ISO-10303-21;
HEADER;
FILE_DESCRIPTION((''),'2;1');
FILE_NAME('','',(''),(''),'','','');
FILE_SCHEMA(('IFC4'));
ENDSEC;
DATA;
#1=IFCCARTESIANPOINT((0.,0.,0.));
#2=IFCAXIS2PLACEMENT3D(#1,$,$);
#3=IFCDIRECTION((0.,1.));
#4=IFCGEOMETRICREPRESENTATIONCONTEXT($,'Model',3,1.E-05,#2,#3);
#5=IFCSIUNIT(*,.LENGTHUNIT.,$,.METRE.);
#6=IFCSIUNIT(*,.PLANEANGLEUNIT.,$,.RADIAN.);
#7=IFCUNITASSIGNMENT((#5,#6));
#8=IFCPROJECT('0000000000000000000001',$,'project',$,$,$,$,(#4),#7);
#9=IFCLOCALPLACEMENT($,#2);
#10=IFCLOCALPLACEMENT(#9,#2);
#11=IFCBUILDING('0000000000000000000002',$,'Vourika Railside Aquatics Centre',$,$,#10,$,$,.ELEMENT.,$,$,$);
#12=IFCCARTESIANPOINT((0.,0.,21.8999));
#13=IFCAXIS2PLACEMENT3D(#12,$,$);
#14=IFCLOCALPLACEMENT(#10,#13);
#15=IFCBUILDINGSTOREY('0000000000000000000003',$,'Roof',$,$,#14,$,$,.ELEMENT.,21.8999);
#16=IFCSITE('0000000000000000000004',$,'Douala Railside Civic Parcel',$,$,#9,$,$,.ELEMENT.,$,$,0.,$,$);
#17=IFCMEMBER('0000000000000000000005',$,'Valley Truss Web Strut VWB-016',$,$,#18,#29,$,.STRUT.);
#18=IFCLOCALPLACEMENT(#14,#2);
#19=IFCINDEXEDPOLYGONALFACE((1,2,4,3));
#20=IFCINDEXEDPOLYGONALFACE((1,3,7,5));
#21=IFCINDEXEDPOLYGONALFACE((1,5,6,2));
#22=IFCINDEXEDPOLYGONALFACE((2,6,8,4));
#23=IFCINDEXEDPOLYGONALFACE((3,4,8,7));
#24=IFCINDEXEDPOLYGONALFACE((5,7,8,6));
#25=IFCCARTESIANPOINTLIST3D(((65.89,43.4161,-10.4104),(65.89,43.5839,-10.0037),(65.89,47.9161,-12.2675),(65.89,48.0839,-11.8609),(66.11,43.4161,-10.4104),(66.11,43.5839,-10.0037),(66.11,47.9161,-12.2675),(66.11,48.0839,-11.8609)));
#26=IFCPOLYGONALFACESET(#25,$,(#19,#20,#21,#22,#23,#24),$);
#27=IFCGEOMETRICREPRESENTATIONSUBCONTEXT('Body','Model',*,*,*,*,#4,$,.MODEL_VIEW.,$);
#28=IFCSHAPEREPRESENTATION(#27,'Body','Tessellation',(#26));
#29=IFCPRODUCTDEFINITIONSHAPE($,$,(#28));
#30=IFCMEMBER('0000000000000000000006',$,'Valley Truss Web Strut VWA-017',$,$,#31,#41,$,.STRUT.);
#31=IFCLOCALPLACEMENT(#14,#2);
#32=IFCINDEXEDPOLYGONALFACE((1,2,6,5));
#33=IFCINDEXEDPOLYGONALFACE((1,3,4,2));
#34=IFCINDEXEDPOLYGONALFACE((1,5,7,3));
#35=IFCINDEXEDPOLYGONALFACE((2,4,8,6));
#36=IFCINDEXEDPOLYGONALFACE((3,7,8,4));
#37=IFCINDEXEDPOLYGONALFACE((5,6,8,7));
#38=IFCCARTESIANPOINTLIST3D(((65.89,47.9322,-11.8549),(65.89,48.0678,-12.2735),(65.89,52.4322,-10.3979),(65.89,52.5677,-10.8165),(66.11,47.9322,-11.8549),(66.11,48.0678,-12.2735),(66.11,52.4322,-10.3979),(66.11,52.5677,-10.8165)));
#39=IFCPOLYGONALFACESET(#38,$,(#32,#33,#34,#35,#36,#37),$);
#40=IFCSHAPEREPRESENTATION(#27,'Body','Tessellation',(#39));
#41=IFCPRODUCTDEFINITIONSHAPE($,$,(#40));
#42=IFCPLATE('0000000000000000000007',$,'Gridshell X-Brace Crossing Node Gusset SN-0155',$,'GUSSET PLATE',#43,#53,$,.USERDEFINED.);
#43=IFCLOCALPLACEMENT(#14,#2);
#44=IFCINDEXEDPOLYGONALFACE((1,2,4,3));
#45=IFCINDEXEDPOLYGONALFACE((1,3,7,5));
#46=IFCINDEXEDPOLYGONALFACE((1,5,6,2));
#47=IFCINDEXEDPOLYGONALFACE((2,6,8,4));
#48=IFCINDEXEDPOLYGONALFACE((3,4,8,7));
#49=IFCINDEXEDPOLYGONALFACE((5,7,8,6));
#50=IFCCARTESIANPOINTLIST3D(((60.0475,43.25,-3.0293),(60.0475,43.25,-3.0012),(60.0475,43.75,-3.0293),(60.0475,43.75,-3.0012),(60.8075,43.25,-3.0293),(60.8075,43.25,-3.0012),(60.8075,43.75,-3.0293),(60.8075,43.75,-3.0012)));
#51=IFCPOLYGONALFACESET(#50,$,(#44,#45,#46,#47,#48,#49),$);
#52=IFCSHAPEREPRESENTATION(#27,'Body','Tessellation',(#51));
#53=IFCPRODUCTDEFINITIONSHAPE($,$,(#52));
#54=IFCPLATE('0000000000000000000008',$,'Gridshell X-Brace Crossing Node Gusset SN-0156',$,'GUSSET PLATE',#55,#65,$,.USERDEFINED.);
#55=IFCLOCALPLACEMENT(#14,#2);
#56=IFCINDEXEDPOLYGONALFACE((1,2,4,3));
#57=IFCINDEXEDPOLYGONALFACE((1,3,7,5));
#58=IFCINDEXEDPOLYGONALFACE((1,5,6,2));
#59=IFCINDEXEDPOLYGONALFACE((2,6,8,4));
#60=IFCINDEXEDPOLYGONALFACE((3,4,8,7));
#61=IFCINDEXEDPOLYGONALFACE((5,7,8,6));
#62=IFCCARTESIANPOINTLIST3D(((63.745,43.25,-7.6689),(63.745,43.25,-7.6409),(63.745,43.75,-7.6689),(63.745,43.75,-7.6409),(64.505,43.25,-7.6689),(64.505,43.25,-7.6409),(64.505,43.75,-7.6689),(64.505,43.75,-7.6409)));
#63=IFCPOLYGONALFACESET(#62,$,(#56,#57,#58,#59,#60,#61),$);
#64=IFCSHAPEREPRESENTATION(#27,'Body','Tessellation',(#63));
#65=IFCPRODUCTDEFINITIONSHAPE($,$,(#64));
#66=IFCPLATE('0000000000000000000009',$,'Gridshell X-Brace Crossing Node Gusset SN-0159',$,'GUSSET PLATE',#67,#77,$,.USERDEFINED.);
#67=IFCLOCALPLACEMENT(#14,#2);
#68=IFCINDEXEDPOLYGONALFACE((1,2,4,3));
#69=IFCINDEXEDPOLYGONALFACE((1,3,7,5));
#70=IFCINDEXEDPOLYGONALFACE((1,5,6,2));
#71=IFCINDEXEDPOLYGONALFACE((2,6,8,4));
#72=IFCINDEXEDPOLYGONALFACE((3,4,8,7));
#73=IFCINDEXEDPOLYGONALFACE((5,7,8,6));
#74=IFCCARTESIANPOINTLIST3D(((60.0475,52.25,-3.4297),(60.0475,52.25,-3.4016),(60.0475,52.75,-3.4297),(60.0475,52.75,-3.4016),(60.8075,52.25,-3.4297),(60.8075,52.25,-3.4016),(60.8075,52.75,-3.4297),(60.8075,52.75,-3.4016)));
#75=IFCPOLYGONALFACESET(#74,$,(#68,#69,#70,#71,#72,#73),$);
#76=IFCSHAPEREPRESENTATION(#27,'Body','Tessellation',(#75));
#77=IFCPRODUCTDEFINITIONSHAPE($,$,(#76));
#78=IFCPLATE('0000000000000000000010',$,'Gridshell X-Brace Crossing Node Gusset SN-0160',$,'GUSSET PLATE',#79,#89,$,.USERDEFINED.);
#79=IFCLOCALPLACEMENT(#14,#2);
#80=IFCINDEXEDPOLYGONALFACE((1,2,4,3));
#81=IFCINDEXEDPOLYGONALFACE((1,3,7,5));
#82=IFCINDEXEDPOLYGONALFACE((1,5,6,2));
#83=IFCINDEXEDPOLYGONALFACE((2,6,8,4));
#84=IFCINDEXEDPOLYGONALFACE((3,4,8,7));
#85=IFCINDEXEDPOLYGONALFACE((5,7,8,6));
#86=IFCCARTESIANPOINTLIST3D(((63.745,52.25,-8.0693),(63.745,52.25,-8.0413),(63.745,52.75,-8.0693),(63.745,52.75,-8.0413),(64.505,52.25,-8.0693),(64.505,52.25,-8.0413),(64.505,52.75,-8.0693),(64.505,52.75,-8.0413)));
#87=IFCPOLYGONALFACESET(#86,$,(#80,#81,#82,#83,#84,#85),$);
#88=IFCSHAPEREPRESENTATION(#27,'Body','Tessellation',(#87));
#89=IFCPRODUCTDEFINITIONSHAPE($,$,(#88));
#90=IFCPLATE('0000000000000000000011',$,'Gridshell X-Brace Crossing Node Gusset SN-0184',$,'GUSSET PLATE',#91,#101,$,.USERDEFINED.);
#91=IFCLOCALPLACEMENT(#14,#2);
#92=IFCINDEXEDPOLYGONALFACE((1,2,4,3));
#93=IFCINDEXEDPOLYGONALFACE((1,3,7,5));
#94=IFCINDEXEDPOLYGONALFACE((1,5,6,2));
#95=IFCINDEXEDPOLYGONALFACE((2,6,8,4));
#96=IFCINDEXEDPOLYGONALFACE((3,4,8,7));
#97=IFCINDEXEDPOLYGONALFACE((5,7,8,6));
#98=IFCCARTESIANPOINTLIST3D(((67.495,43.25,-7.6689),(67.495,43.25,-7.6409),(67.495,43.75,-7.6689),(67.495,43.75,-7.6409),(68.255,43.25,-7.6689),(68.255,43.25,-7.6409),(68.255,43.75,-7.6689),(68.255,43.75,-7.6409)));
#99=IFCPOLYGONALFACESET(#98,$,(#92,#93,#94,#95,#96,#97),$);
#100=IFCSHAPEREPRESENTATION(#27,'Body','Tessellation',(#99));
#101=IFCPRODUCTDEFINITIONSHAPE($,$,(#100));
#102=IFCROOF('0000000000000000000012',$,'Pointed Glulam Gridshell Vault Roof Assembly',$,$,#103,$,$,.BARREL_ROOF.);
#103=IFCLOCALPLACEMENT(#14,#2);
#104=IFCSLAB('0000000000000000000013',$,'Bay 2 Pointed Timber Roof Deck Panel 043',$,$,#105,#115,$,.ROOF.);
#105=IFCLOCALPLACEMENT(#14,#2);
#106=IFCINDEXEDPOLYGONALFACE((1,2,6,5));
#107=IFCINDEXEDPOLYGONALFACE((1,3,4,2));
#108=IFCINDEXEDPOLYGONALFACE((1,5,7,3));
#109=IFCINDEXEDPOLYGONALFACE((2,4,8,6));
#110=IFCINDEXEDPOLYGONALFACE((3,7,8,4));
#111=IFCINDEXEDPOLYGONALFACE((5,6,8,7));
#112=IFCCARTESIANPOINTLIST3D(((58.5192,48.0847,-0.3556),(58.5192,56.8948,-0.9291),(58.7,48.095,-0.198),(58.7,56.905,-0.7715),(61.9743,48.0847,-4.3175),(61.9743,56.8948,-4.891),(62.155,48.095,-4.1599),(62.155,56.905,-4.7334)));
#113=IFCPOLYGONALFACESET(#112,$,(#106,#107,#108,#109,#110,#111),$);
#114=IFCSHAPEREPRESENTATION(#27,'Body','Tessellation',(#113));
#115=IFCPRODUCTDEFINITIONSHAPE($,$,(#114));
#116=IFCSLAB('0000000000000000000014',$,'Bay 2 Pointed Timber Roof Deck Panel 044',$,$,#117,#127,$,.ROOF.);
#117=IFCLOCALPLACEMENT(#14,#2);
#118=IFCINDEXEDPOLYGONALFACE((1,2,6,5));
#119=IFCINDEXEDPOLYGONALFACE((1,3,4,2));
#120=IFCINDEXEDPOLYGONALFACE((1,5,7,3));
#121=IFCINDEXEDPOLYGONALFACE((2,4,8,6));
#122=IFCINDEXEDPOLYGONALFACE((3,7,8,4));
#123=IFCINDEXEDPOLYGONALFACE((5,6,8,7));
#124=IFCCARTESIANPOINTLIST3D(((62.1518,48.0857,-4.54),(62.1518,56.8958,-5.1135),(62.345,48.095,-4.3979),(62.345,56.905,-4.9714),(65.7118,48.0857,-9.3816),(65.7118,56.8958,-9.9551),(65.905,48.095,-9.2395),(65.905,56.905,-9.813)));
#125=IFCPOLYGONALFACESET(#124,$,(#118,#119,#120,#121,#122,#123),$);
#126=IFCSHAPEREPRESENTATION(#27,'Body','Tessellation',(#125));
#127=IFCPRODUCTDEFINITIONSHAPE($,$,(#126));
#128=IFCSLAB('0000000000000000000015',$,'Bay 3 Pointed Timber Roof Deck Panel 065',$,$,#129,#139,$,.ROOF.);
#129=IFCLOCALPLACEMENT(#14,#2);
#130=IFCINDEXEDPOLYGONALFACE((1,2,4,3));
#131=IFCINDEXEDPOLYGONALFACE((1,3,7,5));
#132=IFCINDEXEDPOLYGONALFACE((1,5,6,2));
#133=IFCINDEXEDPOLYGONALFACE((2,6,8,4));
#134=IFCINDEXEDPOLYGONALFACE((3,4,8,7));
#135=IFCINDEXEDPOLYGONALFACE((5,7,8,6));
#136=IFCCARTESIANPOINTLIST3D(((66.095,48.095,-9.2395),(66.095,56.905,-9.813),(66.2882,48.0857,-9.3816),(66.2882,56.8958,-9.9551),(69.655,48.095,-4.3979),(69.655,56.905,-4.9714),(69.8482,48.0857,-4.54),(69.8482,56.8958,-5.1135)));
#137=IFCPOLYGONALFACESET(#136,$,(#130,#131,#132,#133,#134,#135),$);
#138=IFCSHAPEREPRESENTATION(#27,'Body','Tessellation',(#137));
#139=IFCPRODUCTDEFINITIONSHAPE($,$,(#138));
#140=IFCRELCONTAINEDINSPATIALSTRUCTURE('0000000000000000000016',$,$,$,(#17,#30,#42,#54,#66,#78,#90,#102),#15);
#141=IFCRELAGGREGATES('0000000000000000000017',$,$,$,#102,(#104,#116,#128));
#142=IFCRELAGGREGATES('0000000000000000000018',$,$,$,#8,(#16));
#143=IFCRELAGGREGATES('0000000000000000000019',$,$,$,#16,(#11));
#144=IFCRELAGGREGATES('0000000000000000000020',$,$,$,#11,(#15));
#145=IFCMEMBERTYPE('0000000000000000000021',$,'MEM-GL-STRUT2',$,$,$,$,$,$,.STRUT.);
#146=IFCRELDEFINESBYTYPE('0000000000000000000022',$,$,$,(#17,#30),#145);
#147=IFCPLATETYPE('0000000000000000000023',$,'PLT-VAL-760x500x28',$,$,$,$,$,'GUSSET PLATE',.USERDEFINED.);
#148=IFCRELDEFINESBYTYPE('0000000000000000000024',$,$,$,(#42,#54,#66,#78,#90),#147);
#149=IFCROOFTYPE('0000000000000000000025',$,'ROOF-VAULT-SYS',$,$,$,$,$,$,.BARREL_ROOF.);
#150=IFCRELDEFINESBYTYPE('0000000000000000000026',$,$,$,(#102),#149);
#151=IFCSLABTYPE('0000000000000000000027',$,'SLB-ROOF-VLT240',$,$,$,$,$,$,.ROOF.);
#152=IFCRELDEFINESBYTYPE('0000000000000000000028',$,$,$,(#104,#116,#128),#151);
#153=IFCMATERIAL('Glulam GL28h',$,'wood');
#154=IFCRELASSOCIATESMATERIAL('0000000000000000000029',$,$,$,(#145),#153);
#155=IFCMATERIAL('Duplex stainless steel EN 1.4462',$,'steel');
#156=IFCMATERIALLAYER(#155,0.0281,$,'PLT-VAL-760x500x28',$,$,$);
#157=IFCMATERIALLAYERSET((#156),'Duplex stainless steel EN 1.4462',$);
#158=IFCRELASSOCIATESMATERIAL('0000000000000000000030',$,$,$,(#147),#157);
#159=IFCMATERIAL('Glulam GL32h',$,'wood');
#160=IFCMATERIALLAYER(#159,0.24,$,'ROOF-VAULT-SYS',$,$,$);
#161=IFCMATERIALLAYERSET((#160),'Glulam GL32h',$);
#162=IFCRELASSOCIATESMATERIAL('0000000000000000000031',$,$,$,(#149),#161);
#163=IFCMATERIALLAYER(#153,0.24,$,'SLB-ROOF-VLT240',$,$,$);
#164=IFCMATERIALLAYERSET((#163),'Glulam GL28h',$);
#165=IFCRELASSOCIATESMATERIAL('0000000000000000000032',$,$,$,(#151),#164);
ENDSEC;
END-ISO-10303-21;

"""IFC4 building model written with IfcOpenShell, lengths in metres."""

from ifc_helpers import new_model, si_unit, direction, frame, origin, origin_2d, place, context, subcontext, project, spatial, polyline, rectangle, outline, extrude, material, layer, layer_set, material_profile, profile_set, type_object, element, aggregate, save


model = new_model("IFC4")

# Units and contexts
model_context = context("Model", 3, precision=1e-05, world=origin(), true_north=direction((0.0, 1.0)))
body_context = subcontext(model_context, "Body", "Model", "MODEL_VIEW")
ifc_project = project(units=[si_unit("LENGTHUNIT", "METRE"), si_unit("PLANEANGLEUNIT", "RADIAN")], contexts=[model_context])

# Site, building, storey
site_placement = place(None, origin())
site = spatial("IfcSite", under=ifc_project, at=site_placement, Name="Douala Railside Civic Parcel", CompositionType="ELEMENT", RefElevation=0.0)
building_placement = place(site_placement, origin())
building = spatial("IfcBuilding", under=site, at=building_placement, Name="Vourika Railside Aquatics Centre", CompositionType="ELEMENT")
storey_placement = place(building_placement, frame((0.0, 0.0, 21.8999)))
storey = spatial("IfcBuildingStorey", under=building, at=storey_placement, Name="Roof", CompositionType="ELEMENT", Elevation=21.8999)

# Shared definitions
ifc_material_1 = material(Name="Glulam GL32h", Category="wood")

# Members
ifc_material_2 = material(Name="Glulam GL28h", Category="wood")
ifc_material_profile_1 = material_profile(ifc_material_2, rectangle(XDim=0.22, YDim=0.4399, at=origin_2d()), Name="GL28h 220x440")
ifc_profile_set_1 = profile_set([ifc_material_profile_1], Name="Glulam GL28h")
member_type_1 = type_object("IfcMemberType", Name="MEM-GL-STRUT2", PredefinedType="STRUT", material=ifc_profile_set_1)
member_1_placement = place(storey_placement, frame((66.0, 43.5, -10.207), z_axis=(0.0, 0.924371, -0.381494), x_axis=(-1.0, 0.0, 0.0)))
element("IfcMember", 1, at=member_1_placement, inside=storey, type_object=member_type_1, Name="Valley Truss Web Strut VWB-016", PredefinedType="STRUT", context=body_context, shape_type="SweptSolid", body=[
    extrude(rectangle(XDim=0.22, YDim=0.4399, at=origin_2d()), origin(), (0.0, 0.0, 1.0), 4.8682),
])
member_2_placement = place(storey_placement, frame((66.0, 48.0, -12.0642), z_axis=(0.0, 0.951373, 0.30804), x_axis=(-1.0, 0.0, 0.0)))
element("IfcMember", 2, at=member_2_placement, inside=storey, type_object=member_type_1, Name="Valley Truss Web Strut VWA-017", PredefinedType="STRUT", context=body_context, shape_type="SweptSolid", body=[
    extrude(rectangle(XDim=0.22, YDim=0.4399, at=origin_2d()), origin(), (0.0, 0.0, 1.0), 4.73),
])

# Plates
ifc_material_3 = material(Name="Duplex stainless steel EN 1.4462", Category="steel")
ifc_layer_1 = layer(ifc_material_3, 0.0281, Name="PLT-VAL-760x500x28")
ifc_layer_set_1 = layer_set([ifc_layer_1], Name="Duplex stainless steel EN 1.4462")
plate_type = type_object("IfcPlateType", Name="PLT-VAL-760x500x28", ElementType="GUSSET PLATE", PredefinedType="USERDEFINED", material=ifc_layer_set_1)
for number, where, z_axis, x_axis, name in (
    (3, (60.4275, 43.5, -3.0293), (0.0, 0.0, 1.0), (1.0, 0.0, 0.0), "Gridshell X-Brace Crossing Node Gusset SN-0155"),
    (4, (64.125, 43.5, -7.6689), (0.0, 0.0, 1.0), (1.0, 0.0, 0.0), "Gridshell X-Brace Crossing Node Gusset SN-0156"),
    (5, (60.4275, 52.5, -3.4297), (0.0, 0.0, 1.0), (1.0, 0.0, 0.0), "Gridshell X-Brace Crossing Node Gusset SN-0159"),
    (6, (64.125, 52.5, -8.0693), (0.0, 0.0, 1.0), (1.0, 0.0, 0.0), "Gridshell X-Brace Crossing Node Gusset SN-0160"),
    (7, (67.875, 43.5, -7.6689), (0.0, 0.0, 1.0), (1.0, 0.0, 0.0), "Gridshell X-Brace Crossing Node Gusset SN-0184"),
):
    element("IfcPlate", number, at=place(storey_placement, frame(where, z_axis=z_axis, x_axis=x_axis)), inside=storey, type_object=plate_type, Name=name, ObjectType="GUSSET PLATE", PredefinedType="USERDEFINED", context=body_context, shape_type="SweptSolid", body=[
        extrude(rectangle(XDim=0.76, YDim=0.5, at=origin_2d()), origin(), (0.0, 0.0, 1.0), 0.0281),
    ])

# Roof, slabs
ifc_layer_2 = layer(ifc_material_1, 0.24, Name="ROOF-VAULT-SYS")
ifc_layer_set_2 = layer_set([ifc_layer_2], Name="Glulam GL32h")
roof_type = type_object("IfcRoofType", Name="ROOF-VAULT-SYS", PredefinedType="BARREL_ROOF", material=ifc_layer_set_2)
roof_placement = place(storey_placement, origin())
roof = element("IfcRoof", 8, at=roof_placement, inside=storey, type_object=roof_type, Name="Pointed Glulam Gridshell Vault Roof Assembly", PredefinedType="BARREL_ROOF")
ifc_layer_3 = layer(ifc_material_2, 0.24, Name="SLB-ROOF-VLT240")
ifc_layer_set_3 = layer_set([ifc_layer_3], Name="Glulam GL28h")
slab_type = type_object("IfcSlabType", Name="SLB-ROOF-VLT240", PredefinedType="ROOF", material=ifc_layer_set_3)
slab_1_placement = place(storey_placement, frame((58.7, 48.095, -0.198), z_axis=(0.75298, 0.042745, 0.656654), x_axis=(0.657254, 0.0, -0.753669)))
slab_1 = element("IfcSlab", 9, at=slab_1_placement, type_object=slab_type, Name="Bay 2 Pointed Timber Roof Deck Panel 043", PredefinedType="ROOF", context=body_context, shape_type="SweptSolid", body=[
    extrude(outline(polyline([(0.0, 0.0), (5.2568, 0.0), (5.6891, 8.8181), (0.4322, 8.8181), (0.0, 0.0)])), origin(), (0.0, 0.0, -1.0), 0.24),
])
slab_2_placement = place(storey_placement, frame((62.345, 48.095, -4.3979), z_axis=(0.805045, 0.038533, 0.591961), x_axis=(0.592401, 0.0, -0.805644)))
slab_2 = element("IfcSlab", 10, at=slab_2_placement, type_object=slab_type, Name="Bay 2 Pointed Timber Roof Deck Panel 044", PredefinedType="ROOF", context=body_context, shape_type="SweptSolid", body=[
    extrude(outline(polyline([(0.0, 0.0), (6.0095, 0.0), (6.4716, 8.8166), (0.462, 8.8166), (0.0, 0.0)])), origin(), (0.0, 0.0, -1.0), 0.24),
])
slab_3_placement = place(storey_placement, frame((66.095, 48.095, -9.2395), z_axis=(-0.805045, 0.038533, 0.591961), x_axis=(0.592401, 0.0, 0.805644)))
slab_3 = element("IfcSlab", 11, at=slab_3_placement, type_object=slab_type, Name="Bay 3 Pointed Timber Roof Deck Panel 065", PredefinedType="ROOF", context=body_context, shape_type="SweptSolid", body=[
    extrude(outline(polyline([(0.0, 0.0), (6.0095, 0.0), (5.5475, 8.8166), (-0.462, 8.8166), (0.0, 0.0)])), origin(), (0.0, 0.0, -1.0), 0.24),
])
aggregate(roof, [slab_1, slab_2, slab_3])

save(model, "model.ifc")
